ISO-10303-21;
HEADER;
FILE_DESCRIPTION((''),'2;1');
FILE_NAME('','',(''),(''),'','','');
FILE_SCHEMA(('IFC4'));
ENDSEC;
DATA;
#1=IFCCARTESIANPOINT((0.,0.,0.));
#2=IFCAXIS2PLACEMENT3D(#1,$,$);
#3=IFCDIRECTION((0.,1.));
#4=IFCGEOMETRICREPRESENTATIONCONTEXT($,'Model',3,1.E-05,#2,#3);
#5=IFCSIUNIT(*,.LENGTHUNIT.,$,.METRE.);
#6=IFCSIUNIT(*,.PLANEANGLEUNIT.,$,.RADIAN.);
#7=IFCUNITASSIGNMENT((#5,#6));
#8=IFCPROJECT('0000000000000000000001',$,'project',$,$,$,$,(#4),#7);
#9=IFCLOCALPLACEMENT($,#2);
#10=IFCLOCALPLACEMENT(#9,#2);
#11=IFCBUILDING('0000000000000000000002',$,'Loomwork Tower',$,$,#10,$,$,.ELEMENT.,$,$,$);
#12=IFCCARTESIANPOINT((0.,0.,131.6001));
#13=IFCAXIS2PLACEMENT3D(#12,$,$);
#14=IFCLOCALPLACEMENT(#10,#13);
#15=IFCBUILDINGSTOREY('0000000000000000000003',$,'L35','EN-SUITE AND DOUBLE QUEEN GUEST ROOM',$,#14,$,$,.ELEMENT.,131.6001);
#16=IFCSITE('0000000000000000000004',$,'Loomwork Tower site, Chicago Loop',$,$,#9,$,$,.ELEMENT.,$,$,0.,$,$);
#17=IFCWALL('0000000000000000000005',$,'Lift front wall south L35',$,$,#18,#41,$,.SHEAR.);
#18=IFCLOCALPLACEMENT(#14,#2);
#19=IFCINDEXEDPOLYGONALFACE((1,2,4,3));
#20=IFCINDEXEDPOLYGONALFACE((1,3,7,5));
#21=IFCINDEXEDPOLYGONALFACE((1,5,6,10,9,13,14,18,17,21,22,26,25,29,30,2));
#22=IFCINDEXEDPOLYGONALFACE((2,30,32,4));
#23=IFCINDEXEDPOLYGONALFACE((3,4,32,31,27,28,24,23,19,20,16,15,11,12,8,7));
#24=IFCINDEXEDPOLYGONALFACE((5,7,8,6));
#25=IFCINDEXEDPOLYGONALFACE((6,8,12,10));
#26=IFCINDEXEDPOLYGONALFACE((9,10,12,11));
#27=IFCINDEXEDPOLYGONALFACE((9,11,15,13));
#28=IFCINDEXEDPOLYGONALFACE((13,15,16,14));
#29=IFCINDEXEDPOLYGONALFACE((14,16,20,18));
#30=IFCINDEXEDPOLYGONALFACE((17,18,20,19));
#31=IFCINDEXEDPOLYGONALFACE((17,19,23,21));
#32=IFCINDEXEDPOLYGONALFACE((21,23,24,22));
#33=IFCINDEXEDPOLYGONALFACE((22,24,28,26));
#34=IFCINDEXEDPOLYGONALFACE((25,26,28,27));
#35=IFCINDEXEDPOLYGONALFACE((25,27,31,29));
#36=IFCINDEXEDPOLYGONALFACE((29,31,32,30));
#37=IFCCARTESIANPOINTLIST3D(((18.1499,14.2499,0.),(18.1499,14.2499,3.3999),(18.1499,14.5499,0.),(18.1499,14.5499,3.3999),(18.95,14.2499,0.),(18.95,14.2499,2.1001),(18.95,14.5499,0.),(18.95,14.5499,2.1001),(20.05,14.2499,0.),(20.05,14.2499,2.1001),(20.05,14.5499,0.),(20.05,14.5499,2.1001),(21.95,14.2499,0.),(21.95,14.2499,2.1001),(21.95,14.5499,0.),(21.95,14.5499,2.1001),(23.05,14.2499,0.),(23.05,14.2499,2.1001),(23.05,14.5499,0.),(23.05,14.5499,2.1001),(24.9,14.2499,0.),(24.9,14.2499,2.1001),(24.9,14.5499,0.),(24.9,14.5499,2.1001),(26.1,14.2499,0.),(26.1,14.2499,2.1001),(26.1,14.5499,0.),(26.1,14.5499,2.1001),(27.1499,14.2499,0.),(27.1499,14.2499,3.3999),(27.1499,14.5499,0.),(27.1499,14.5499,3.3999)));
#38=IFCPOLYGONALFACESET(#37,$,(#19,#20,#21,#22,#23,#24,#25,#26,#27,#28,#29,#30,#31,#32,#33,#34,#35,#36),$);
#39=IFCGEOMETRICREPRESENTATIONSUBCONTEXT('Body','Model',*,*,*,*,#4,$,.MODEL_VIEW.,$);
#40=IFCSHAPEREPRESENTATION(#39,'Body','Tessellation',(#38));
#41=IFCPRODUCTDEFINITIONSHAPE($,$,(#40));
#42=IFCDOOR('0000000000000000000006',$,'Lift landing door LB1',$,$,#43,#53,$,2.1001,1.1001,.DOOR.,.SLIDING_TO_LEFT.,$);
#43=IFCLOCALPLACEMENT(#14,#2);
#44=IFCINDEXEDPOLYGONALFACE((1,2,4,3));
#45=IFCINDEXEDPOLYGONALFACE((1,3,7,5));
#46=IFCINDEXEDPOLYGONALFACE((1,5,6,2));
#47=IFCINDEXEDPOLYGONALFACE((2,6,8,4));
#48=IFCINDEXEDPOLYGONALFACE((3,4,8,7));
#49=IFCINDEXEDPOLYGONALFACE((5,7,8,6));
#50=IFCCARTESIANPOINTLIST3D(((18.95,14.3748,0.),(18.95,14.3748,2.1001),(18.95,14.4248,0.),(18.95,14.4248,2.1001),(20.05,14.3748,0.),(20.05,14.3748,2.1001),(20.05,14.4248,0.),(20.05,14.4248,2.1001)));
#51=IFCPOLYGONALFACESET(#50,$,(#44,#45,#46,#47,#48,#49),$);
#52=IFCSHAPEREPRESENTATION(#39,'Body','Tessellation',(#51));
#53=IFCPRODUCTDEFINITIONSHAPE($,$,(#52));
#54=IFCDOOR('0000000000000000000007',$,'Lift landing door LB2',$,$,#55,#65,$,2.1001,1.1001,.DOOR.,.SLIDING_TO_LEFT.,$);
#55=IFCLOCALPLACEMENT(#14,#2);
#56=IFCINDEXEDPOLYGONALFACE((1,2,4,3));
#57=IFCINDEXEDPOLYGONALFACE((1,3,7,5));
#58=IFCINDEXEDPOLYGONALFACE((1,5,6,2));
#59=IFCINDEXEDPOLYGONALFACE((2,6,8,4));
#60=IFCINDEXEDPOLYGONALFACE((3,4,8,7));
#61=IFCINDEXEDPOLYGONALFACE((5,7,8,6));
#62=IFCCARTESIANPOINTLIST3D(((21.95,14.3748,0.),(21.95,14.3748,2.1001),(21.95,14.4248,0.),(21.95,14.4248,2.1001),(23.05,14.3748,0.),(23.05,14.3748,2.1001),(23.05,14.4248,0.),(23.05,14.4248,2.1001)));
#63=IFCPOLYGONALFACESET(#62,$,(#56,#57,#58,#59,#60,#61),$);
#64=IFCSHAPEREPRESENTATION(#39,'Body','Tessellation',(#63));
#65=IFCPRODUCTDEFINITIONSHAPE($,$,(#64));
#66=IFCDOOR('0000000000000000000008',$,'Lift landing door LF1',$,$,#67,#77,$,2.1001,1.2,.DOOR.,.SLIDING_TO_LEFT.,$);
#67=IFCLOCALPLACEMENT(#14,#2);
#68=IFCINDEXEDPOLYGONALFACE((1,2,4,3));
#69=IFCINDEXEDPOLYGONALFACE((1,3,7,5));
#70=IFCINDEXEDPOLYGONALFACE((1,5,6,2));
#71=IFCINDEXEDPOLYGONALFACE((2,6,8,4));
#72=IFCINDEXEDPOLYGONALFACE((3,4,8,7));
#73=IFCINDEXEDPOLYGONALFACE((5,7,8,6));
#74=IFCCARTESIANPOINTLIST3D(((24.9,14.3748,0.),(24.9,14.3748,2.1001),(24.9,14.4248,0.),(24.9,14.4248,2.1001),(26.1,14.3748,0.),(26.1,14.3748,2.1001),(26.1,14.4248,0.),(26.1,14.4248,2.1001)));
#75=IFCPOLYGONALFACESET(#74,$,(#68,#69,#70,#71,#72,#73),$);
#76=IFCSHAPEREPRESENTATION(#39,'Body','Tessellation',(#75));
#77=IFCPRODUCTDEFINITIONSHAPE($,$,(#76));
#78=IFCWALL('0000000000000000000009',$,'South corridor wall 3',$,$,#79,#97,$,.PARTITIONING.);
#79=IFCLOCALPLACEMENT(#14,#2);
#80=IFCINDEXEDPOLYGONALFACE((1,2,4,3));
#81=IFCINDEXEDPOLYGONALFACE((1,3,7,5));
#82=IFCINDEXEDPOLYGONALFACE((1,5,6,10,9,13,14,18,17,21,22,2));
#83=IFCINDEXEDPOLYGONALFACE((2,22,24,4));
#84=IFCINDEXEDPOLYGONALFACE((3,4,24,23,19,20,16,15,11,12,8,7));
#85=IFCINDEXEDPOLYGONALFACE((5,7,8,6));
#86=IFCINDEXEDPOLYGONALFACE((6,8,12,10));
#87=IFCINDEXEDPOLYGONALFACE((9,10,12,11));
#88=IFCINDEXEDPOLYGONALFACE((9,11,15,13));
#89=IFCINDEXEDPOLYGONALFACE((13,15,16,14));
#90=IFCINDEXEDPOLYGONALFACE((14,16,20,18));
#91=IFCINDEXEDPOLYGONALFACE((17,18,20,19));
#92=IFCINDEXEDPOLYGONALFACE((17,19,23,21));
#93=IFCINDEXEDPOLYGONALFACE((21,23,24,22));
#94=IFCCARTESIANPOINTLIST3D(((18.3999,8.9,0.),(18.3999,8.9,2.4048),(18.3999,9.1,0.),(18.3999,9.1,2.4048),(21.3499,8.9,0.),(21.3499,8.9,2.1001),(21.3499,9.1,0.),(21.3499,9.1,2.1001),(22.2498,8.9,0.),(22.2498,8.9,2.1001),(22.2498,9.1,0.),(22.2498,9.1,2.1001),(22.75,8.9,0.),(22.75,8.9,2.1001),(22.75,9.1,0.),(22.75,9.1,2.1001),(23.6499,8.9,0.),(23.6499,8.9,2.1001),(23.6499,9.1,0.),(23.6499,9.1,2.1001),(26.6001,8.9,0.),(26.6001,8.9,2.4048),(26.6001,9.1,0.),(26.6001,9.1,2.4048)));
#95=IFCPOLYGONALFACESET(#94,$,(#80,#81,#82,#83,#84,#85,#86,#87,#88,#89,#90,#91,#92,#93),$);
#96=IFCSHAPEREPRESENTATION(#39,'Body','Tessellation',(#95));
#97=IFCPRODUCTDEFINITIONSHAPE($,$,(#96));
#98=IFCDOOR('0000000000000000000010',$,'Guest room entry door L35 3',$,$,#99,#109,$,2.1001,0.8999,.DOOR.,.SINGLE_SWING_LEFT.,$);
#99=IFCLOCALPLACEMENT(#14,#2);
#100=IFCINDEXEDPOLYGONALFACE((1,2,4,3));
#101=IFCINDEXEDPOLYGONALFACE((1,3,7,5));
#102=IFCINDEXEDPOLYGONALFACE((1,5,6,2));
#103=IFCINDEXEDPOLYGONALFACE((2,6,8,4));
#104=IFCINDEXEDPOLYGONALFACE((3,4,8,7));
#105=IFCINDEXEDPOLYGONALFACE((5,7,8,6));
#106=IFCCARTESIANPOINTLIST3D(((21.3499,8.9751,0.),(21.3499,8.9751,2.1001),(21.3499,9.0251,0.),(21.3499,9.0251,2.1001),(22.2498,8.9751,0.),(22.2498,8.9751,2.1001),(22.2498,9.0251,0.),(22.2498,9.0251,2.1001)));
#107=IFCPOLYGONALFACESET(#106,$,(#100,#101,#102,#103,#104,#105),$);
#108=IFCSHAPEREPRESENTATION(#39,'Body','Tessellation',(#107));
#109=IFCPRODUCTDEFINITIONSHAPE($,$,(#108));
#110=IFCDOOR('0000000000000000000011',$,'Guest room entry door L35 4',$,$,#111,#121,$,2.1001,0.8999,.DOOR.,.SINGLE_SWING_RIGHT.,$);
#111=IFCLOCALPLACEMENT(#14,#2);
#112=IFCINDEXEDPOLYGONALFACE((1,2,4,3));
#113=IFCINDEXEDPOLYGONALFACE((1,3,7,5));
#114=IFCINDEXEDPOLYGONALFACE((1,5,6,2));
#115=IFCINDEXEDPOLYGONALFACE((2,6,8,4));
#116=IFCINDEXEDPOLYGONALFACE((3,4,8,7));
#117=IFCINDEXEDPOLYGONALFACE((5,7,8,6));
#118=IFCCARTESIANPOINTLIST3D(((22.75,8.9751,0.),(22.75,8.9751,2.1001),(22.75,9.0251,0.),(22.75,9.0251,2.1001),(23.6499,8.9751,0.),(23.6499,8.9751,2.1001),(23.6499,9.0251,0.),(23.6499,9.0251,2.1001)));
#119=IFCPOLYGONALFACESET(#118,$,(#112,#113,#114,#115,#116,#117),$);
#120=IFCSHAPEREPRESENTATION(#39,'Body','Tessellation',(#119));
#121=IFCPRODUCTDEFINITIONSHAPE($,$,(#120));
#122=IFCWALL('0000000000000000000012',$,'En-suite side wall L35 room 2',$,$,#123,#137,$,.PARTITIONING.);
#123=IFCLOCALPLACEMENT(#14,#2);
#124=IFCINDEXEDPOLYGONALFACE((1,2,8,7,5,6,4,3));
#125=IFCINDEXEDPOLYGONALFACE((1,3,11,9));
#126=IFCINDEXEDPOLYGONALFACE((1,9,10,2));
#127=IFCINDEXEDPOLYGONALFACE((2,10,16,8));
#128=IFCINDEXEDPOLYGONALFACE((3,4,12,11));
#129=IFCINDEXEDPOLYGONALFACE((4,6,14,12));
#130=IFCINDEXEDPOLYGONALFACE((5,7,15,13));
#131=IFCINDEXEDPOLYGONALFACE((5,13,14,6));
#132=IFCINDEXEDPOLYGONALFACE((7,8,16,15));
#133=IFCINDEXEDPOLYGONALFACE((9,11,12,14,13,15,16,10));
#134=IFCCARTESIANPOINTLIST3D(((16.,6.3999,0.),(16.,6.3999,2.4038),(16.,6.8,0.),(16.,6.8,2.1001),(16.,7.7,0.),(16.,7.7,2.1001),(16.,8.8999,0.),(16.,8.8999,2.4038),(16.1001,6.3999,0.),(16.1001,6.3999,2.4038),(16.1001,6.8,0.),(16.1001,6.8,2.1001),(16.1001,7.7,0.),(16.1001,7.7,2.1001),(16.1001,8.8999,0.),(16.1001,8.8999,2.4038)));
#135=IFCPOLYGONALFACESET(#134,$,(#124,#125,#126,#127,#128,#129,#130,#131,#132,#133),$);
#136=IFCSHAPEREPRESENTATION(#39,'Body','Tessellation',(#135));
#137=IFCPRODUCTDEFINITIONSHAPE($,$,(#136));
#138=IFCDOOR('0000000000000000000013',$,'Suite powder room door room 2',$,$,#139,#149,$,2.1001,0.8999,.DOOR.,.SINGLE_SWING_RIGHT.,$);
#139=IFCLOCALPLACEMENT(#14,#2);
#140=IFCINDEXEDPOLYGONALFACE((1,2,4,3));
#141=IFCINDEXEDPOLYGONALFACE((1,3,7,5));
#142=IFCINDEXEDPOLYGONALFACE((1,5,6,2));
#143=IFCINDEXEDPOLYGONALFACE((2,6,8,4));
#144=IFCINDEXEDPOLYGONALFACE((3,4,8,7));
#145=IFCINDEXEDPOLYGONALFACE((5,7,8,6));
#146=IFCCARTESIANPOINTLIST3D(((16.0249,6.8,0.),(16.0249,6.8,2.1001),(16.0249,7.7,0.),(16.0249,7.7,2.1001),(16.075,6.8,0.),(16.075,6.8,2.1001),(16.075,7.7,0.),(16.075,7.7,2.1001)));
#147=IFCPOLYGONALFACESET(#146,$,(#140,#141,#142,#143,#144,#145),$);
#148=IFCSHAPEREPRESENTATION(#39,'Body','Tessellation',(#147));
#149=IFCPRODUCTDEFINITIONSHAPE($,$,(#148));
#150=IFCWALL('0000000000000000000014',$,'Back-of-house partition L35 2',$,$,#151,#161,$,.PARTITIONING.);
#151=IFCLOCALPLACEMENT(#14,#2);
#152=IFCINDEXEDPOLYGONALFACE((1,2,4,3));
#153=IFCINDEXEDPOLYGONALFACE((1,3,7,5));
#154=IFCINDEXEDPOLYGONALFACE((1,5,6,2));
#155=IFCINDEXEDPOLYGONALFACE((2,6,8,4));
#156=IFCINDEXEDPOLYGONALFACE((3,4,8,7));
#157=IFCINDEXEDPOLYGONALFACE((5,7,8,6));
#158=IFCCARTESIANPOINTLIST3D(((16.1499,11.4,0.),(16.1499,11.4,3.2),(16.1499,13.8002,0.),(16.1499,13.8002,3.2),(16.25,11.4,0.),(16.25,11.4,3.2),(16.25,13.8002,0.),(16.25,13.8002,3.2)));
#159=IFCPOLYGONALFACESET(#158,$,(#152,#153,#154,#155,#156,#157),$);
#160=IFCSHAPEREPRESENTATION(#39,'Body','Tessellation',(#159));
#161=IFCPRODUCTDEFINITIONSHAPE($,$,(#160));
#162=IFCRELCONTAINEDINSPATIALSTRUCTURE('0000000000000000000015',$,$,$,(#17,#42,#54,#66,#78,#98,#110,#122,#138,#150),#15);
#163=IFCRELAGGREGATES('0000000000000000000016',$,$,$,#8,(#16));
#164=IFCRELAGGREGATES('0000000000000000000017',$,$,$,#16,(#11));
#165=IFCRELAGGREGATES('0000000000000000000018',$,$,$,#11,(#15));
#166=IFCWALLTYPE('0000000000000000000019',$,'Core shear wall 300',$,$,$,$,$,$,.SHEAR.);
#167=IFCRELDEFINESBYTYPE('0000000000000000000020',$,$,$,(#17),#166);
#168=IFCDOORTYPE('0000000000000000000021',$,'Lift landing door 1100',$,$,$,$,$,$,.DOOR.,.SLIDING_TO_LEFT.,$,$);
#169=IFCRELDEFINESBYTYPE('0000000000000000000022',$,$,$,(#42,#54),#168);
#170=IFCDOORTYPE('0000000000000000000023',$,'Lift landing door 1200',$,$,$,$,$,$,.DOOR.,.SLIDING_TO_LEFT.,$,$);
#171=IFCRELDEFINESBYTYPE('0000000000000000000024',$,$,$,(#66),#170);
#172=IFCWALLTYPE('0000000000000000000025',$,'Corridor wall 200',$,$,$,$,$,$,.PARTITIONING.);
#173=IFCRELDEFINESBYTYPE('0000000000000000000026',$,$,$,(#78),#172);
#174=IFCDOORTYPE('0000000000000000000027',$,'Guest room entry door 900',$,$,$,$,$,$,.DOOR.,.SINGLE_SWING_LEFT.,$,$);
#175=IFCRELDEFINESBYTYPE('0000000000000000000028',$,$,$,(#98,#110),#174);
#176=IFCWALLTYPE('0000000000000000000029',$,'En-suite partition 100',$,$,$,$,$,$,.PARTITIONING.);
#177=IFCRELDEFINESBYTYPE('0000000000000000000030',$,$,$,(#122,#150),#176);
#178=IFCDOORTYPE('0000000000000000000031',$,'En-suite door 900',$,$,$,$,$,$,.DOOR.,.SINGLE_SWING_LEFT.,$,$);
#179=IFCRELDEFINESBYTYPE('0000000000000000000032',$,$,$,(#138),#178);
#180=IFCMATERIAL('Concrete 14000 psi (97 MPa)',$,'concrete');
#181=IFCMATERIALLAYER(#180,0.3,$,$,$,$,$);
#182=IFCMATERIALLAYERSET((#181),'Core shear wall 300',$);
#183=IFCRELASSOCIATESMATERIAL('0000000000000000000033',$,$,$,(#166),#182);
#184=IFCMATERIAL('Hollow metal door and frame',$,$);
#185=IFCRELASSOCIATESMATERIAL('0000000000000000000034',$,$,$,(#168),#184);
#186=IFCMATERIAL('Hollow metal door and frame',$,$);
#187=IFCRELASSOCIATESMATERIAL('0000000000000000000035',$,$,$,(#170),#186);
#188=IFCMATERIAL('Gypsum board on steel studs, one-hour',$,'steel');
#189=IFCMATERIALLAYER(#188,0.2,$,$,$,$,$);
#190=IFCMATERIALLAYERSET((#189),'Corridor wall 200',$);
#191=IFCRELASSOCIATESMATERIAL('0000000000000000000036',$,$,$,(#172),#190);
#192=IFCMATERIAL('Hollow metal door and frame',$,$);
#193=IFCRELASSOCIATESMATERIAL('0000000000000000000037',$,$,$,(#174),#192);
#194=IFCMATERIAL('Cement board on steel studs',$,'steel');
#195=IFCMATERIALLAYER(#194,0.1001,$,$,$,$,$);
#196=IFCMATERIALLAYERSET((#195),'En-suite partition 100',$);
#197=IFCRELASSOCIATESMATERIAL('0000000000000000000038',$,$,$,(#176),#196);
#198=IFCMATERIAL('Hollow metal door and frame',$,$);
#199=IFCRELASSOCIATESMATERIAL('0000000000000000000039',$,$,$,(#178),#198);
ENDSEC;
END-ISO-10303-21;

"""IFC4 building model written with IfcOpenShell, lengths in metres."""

from ifc_helpers import new_model, si_unit, direction, frame, frame_2d, origin, place, context, subcontext, project, spatial, rectangle, extrude, material, layer, layer_set, type_object, element, fill, save


model = new_model("IFC4")

# Units and contexts
model_context = context("Model", 3, precision=1e-05, world=origin(), true_north=direction((0.0, 1.0)))
body_context = subcontext(model_context, "Body", "Model", "MODEL_VIEW")
ifc_project = project(units=[si_unit("LENGTHUNIT", "METRE"), si_unit("PLANEANGLEUNIT", "RADIAN")], contexts=[model_context])

# Site, building, storey
site_placement = place(None, origin())
site = spatial("IfcSite", under=ifc_project, at=site_placement, Name="Loomwork Tower site, Chicago Loop", CompositionType="ELEMENT", RefElevation=0.0)
building_placement = place(site_placement, origin())
building = spatial("IfcBuilding", under=site, at=building_placement, Name="Loomwork Tower", CompositionType="ELEMENT")
storey_placement = place(building_placement, frame((0.0, 0.0, 131.6001)))
storey = spatial("IfcBuildingStorey", under=building, at=storey_placement, Name="L35", Description="EN-SUITE AND DOUBLE QUEEN GUEST ROOM", CompositionType="ELEMENT", Elevation=131.6001)

# Walls, openings, doors
ifc_material_1 = material(Name="Concrete 14000 psi (97 MPa)", Category="concrete")
ifc_layer_1 = layer(ifc_material_1, 0.3)
ifc_layer_set_1 = layer_set([ifc_layer_1], Name="Core shear wall 300")
wall_type_1 = type_object("IfcWallType", Name="Core shear wall 300", PredefinedType="SHEAR", material=ifc_layer_set_1)
wall_1_placement = place(storey_placement, frame((18.1499, 14.3999, 0.0), z_axis=(0.0, 0.0, 1.0), x_axis=(1.0, 0.0, 0.0)))
wall_1 = element("IfcWall", 1, at=wall_1_placement, inside=storey, type_object=wall_type_1, Name="Lift front wall south L35", PredefinedType="SHEAR", context=body_context, shape_type="SweptSolid", body=[
    extrude(rectangle(XDim=9.0, YDim=0.3, at=frame_2d((4.5, 0.0))), origin(), (0.0, 0.0, 1.0), 3.3999),
])
opening_1_placement = place(wall_1_placement, frame((0.8, 0.0, 0.0)))
opening_1 = element("IfcOpeningElement", 2, at=opening_1_placement, cuts=wall_1, PredefinedType="OPENING", context=body_context, shape_type="SweptSolid", body=[
    extrude(rectangle(XDim=1.1001, YDim=2.1001, at=frame_2d((0.55, 1.05))), frame((0.0, 0.1599, 0.0), z_axis=(0.0, -1.0, 0.0), x_axis=(1.0, 0.0, 0.0)), (0.0, 0.0, 1.0), 0.3201),
])
opening_2_placement = place(wall_1_placement, frame((3.8, 0.0, 0.0)))
opening_2 = element("IfcOpeningElement", 3, at=opening_2_placement, cuts=wall_1, PredefinedType="OPENING", context=body_context, shape_type="SweptSolid", body=[
    extrude(rectangle(XDim=1.1001, YDim=2.1001, at=frame_2d((0.55, 1.05))), frame((0.0, 0.1599, 0.0), z_axis=(0.0, -1.0, 0.0), x_axis=(1.0, 0.0, 0.0)), (0.0, 0.0, 1.0), 0.3201),
])
opening_3_placement = place(wall_1_placement, frame((6.75, 0.0, 0.0)))
opening_3 = element("IfcOpeningElement", 4, at=opening_3_placement, cuts=wall_1, PredefinedType="OPENING", context=body_context, shape_type="SweptSolid", body=[
    extrude(rectangle(XDim=1.2, YDim=2.1001, at=frame_2d((0.6001, 1.05))), frame((0.0, 0.1599, 0.0), z_axis=(0.0, -1.0, 0.0), x_axis=(1.0, 0.0, 0.0)), (0.0, 0.0, 1.0), 0.3201),
])
ifc_material_2 = material(Name="Hollow metal door and frame")
door_type_1 = type_object("IfcDoorType", Name="Lift landing door 1100", OperationType="SLIDING_TO_LEFT", PredefinedType="DOOR", material=ifc_material_2)
door_1_placement = place(opening_1_placement, origin())
door_1 = element("IfcDoor", 5, at=door_1_placement, inside=storey, type_object=door_type_1, Name="Lift landing door LB1", OperationType="SLIDING_TO_LEFT", OverallHeight=2.1001, OverallWidth=1.1001, PredefinedType="DOOR", context=body_context, shape_type="SweptSolid", body=[
    extrude(rectangle(XDim=1.1001, YDim=2.1001, at=frame_2d((0.55, 1.05))), frame((0.0, 0.0249, 0.0), z_axis=(0.0, -1.0, 0.0), x_axis=(1.0, 0.0, 0.0)), (0.0, 0.0, 1.0), 0.05),
])
fill(opening_1, door_1)
door_2_placement = place(opening_2_placement, origin())
door_2 = element("IfcDoor", 6, at=door_2_placement, inside=storey, type_object=door_type_1, Name="Lift landing door LB2", OperationType="SLIDING_TO_LEFT", OverallHeight=2.1001, OverallWidth=1.1001, PredefinedType="DOOR", context=body_context, shape_type="SweptSolid", body=[
    extrude(rectangle(XDim=1.1001, YDim=2.1001, at=frame_2d((0.55, 1.05))), frame((0.0, 0.0249, 0.0), z_axis=(0.0, -1.0, 0.0), x_axis=(1.0, 0.0, 0.0)), (0.0, 0.0, 1.0), 0.05),
])
fill(opening_2, door_2)
ifc_material_3 = material(Name="Hollow metal door and frame")
door_type_2 = type_object("IfcDoorType", Name="Lift landing door 1200", OperationType="SLIDING_TO_LEFT", PredefinedType="DOOR", material=ifc_material_3)
door_3_placement = place(opening_3_placement, origin())
door_3 = element("IfcDoor", 7, at=door_3_placement, inside=storey, type_object=door_type_2, Name="Lift landing door LF1", OperationType="SLIDING_TO_LEFT", OverallHeight=2.1001, OverallWidth=1.2, PredefinedType="DOOR", context=body_context, shape_type="SweptSolid", body=[
    extrude(rectangle(XDim=1.2, YDim=2.1001, at=frame_2d((0.6001, 1.05))), frame((0.0, 0.0249, 0.0), z_axis=(0.0, -1.0, 0.0), x_axis=(1.0, 0.0, 0.0)), (0.0, 0.0, 1.0), 0.05),
])
fill(opening_3, door_3)
ifc_material_4 = material(Name="Gypsum board on steel studs, one-hour", Category="steel")
ifc_layer_2 = layer(ifc_material_4, 0.2)
ifc_layer_set_2 = layer_set([ifc_layer_2], Name="Corridor wall 200")
wall_type_2 = type_object("IfcWallType", Name="Corridor wall 200", PredefinedType="PARTITIONING", material=ifc_layer_set_2)
wall_2_placement = place(storey_placement, frame((18.3999, 9.0, 0.0), z_axis=(0.0, 0.0, 1.0), x_axis=(1.0, 0.0, 0.0)))
wall_2 = element("IfcWall", 8, at=wall_2_placement, inside=storey, type_object=wall_type_2, Name="South corridor wall 3", PredefinedType="PARTITIONING", context=body_context, shape_type="SweptSolid", body=[
    extrude(rectangle(XDim=8.2002, YDim=0.2, at=frame_2d((4.1001, 0.0))), origin(), (0.0, 0.0, 1.0), 2.4048),
])
opening_4_placement = place(wall_2_placement, frame((2.95, 0.0, 0.0)))
opening_4 = element("IfcOpeningElement", 9, at=opening_4_placement, cuts=wall_2, PredefinedType="OPENING", context=body_context, shape_type="SweptSolid", body=[
    extrude(rectangle(XDim=0.8999, YDim=2.1001, at=frame_2d((0.45, 1.05))), frame((0.0, 0.1099, 0.0), z_axis=(0.0, -1.0, 0.0), x_axis=(1.0, 0.0, 0.0)), (0.0, 0.0, 1.0), 0.22),
])
opening_5_placement = place(wall_2_placement, frame((4.3501, 0.0, 0.0)))
opening_5 = element("IfcOpeningElement", 10, at=opening_5_placement, cuts=wall_2, PredefinedType="OPENING", context=body_context, shape_type="SweptSolid", body=[
    extrude(rectangle(XDim=0.8999, YDim=2.1001, at=frame_2d((0.45, 1.05))), frame((0.0, 0.1099, 0.0), z_axis=(0.0, -1.0, 0.0), x_axis=(1.0, 0.0, 0.0)), (0.0, 0.0, 1.0), 0.22),
])
ifc_material_5 = material(Name="Hollow metal door and frame")
door_type_3 = type_object("IfcDoorType", Name="Guest room entry door 900", OperationType="SINGLE_SWING_LEFT", PredefinedType="DOOR", material=ifc_material_5)
door_4_placement = place(opening_4_placement, frame((0.8999, 0.0, 0.0), z_axis=(0.0, 0.0, 1.0), x_axis=(-1.0, 0.0, 0.0)))
door_4 = element("IfcDoor", 11, at=door_4_placement, inside=storey, type_object=door_type_3, Name="Guest room entry door L35 3", OperationType="SINGLE_SWING_LEFT", OverallHeight=2.1001, OverallWidth=0.8999, PredefinedType="DOOR", context=body_context, shape_type="SweptSolid", body=[
    extrude(rectangle(XDim=0.8999, YDim=2.1001, at=frame_2d((0.45, 1.05))), frame((0.0, 0.0249, 0.0), z_axis=(0.0, -1.0, 0.0), x_axis=(1.0, 0.0, 0.0)), (0.0, 0.0, 1.0), 0.05),
])
fill(opening_4, door_4)
door_5_placement = place(opening_5_placement, frame((0.8999, 0.0, 0.0), z_axis=(0.0, 0.0, 1.0), x_axis=(-1.0, 0.0, 0.0)))
door_5 = element("IfcDoor", 12, at=door_5_placement, inside=storey, type_object=door_type_3, Name="Guest room entry door L35 4", OperationType="SINGLE_SWING_RIGHT", OverallHeight=2.1001, OverallWidth=0.8999, PredefinedType="DOOR", context=body_context, shape_type="SweptSolid", body=[
    extrude(rectangle(XDim=0.8999, YDim=2.1001, at=frame_2d((0.45, 1.05))), frame((0.0, 0.0249, 0.0), z_axis=(0.0, -1.0, 0.0), x_axis=(1.0, 0.0, 0.0)), (0.0, 0.0, 1.0), 0.05),
])
fill(opening_5, door_5)

# Wall, opening, door
ifc_material_6 = material(Name="Cement board on steel studs", Category="steel")
ifc_layer_3 = layer(ifc_material_6, 0.1001)
ifc_layer_set_3 = layer_set([ifc_layer_3], Name="En-suite partition 100")
wall_type_3 = type_object("IfcWallType", Name="En-suite partition 100", PredefinedType="PARTITIONING", material=ifc_layer_set_3)
wall_3_placement = place(storey_placement, frame((16.05, 8.8999, 0.0), z_axis=(0.0, 0.0, 1.0), x_axis=(0.0, -1.0, 0.0)))
wall_3 = element("IfcWall", 13, at=wall_3_placement, inside=storey, type_object=wall_type_3, Name="En-suite side wall L35 room 2", PredefinedType="PARTITIONING", context=body_context, shape_type="SweptSolid", body=[
    extrude(rectangle(XDim=2.5, YDim=0.1001, at=frame_2d((1.25, 0.0))), origin(), (0.0, 0.0, 1.0), 2.4038),
])
opening_6_placement = place(wall_3_placement, frame((1.2, 0.0, 0.0)))
opening_6 = element("IfcOpeningElement", 14, at=opening_6_placement, cuts=wall_3, PredefinedType="OPENING", context=body_context, shape_type="SweptSolid", body=[
    extrude(rectangle(XDim=0.8999, YDim=2.1001, at=frame_2d((0.45, 1.05))), frame((0.0, 0.0601, 0.0), z_axis=(0.0, -1.0, 0.0), x_axis=(1.0, 0.0, 0.0)), (0.0, 0.0, 1.0), 0.1201),
])
ifc_material_7 = material(Name="Hollow metal door and frame")
door_type_4 = type_object("IfcDoorType", Name="En-suite door 900", OperationType="SINGLE_SWING_LEFT", PredefinedType="DOOR", material=ifc_material_7)
door_6_placement = place(opening_6_placement, origin())
door_6 = element("IfcDoor", 15, at=door_6_placement, inside=storey, type_object=door_type_4, Name="Suite powder room door room 2", OperationType="SINGLE_SWING_RIGHT", OverallHeight=2.1001, OverallWidth=0.8999, PredefinedType="DOOR", context=body_context, shape_type="SweptSolid", body=[
    extrude(rectangle(XDim=0.8999, YDim=2.1001, at=frame_2d((0.45, 1.05))), frame((0.0, 0.0249, 0.0), z_axis=(0.0, -1.0, 0.0), x_axis=(1.0, 0.0, 0.0)), (0.0, 0.0, 1.0), 0.05),
])
fill(opening_6, door_6)

# Wall
wall_4_placement = place(storey_placement, frame((16.2, 11.3999, 0.0), z_axis=(0.0, 0.0, 1.0), x_axis=(0.0, 1.0, 0.0)))
element("IfcWall", 16, at=wall_4_placement, inside=storey, type_object=wall_type_3, Name="Back-of-house partition L35 2", PredefinedType="PARTITIONING", context=body_context, shape_type="SweptSolid", body=[
    extrude(rectangle(XDim=2.4001, YDim=0.1001, at=frame_2d((1.2002, 0.0))), origin(), (0.0, 0.0, 1.0), 3.2),
])

save(model, "model.ifc")
